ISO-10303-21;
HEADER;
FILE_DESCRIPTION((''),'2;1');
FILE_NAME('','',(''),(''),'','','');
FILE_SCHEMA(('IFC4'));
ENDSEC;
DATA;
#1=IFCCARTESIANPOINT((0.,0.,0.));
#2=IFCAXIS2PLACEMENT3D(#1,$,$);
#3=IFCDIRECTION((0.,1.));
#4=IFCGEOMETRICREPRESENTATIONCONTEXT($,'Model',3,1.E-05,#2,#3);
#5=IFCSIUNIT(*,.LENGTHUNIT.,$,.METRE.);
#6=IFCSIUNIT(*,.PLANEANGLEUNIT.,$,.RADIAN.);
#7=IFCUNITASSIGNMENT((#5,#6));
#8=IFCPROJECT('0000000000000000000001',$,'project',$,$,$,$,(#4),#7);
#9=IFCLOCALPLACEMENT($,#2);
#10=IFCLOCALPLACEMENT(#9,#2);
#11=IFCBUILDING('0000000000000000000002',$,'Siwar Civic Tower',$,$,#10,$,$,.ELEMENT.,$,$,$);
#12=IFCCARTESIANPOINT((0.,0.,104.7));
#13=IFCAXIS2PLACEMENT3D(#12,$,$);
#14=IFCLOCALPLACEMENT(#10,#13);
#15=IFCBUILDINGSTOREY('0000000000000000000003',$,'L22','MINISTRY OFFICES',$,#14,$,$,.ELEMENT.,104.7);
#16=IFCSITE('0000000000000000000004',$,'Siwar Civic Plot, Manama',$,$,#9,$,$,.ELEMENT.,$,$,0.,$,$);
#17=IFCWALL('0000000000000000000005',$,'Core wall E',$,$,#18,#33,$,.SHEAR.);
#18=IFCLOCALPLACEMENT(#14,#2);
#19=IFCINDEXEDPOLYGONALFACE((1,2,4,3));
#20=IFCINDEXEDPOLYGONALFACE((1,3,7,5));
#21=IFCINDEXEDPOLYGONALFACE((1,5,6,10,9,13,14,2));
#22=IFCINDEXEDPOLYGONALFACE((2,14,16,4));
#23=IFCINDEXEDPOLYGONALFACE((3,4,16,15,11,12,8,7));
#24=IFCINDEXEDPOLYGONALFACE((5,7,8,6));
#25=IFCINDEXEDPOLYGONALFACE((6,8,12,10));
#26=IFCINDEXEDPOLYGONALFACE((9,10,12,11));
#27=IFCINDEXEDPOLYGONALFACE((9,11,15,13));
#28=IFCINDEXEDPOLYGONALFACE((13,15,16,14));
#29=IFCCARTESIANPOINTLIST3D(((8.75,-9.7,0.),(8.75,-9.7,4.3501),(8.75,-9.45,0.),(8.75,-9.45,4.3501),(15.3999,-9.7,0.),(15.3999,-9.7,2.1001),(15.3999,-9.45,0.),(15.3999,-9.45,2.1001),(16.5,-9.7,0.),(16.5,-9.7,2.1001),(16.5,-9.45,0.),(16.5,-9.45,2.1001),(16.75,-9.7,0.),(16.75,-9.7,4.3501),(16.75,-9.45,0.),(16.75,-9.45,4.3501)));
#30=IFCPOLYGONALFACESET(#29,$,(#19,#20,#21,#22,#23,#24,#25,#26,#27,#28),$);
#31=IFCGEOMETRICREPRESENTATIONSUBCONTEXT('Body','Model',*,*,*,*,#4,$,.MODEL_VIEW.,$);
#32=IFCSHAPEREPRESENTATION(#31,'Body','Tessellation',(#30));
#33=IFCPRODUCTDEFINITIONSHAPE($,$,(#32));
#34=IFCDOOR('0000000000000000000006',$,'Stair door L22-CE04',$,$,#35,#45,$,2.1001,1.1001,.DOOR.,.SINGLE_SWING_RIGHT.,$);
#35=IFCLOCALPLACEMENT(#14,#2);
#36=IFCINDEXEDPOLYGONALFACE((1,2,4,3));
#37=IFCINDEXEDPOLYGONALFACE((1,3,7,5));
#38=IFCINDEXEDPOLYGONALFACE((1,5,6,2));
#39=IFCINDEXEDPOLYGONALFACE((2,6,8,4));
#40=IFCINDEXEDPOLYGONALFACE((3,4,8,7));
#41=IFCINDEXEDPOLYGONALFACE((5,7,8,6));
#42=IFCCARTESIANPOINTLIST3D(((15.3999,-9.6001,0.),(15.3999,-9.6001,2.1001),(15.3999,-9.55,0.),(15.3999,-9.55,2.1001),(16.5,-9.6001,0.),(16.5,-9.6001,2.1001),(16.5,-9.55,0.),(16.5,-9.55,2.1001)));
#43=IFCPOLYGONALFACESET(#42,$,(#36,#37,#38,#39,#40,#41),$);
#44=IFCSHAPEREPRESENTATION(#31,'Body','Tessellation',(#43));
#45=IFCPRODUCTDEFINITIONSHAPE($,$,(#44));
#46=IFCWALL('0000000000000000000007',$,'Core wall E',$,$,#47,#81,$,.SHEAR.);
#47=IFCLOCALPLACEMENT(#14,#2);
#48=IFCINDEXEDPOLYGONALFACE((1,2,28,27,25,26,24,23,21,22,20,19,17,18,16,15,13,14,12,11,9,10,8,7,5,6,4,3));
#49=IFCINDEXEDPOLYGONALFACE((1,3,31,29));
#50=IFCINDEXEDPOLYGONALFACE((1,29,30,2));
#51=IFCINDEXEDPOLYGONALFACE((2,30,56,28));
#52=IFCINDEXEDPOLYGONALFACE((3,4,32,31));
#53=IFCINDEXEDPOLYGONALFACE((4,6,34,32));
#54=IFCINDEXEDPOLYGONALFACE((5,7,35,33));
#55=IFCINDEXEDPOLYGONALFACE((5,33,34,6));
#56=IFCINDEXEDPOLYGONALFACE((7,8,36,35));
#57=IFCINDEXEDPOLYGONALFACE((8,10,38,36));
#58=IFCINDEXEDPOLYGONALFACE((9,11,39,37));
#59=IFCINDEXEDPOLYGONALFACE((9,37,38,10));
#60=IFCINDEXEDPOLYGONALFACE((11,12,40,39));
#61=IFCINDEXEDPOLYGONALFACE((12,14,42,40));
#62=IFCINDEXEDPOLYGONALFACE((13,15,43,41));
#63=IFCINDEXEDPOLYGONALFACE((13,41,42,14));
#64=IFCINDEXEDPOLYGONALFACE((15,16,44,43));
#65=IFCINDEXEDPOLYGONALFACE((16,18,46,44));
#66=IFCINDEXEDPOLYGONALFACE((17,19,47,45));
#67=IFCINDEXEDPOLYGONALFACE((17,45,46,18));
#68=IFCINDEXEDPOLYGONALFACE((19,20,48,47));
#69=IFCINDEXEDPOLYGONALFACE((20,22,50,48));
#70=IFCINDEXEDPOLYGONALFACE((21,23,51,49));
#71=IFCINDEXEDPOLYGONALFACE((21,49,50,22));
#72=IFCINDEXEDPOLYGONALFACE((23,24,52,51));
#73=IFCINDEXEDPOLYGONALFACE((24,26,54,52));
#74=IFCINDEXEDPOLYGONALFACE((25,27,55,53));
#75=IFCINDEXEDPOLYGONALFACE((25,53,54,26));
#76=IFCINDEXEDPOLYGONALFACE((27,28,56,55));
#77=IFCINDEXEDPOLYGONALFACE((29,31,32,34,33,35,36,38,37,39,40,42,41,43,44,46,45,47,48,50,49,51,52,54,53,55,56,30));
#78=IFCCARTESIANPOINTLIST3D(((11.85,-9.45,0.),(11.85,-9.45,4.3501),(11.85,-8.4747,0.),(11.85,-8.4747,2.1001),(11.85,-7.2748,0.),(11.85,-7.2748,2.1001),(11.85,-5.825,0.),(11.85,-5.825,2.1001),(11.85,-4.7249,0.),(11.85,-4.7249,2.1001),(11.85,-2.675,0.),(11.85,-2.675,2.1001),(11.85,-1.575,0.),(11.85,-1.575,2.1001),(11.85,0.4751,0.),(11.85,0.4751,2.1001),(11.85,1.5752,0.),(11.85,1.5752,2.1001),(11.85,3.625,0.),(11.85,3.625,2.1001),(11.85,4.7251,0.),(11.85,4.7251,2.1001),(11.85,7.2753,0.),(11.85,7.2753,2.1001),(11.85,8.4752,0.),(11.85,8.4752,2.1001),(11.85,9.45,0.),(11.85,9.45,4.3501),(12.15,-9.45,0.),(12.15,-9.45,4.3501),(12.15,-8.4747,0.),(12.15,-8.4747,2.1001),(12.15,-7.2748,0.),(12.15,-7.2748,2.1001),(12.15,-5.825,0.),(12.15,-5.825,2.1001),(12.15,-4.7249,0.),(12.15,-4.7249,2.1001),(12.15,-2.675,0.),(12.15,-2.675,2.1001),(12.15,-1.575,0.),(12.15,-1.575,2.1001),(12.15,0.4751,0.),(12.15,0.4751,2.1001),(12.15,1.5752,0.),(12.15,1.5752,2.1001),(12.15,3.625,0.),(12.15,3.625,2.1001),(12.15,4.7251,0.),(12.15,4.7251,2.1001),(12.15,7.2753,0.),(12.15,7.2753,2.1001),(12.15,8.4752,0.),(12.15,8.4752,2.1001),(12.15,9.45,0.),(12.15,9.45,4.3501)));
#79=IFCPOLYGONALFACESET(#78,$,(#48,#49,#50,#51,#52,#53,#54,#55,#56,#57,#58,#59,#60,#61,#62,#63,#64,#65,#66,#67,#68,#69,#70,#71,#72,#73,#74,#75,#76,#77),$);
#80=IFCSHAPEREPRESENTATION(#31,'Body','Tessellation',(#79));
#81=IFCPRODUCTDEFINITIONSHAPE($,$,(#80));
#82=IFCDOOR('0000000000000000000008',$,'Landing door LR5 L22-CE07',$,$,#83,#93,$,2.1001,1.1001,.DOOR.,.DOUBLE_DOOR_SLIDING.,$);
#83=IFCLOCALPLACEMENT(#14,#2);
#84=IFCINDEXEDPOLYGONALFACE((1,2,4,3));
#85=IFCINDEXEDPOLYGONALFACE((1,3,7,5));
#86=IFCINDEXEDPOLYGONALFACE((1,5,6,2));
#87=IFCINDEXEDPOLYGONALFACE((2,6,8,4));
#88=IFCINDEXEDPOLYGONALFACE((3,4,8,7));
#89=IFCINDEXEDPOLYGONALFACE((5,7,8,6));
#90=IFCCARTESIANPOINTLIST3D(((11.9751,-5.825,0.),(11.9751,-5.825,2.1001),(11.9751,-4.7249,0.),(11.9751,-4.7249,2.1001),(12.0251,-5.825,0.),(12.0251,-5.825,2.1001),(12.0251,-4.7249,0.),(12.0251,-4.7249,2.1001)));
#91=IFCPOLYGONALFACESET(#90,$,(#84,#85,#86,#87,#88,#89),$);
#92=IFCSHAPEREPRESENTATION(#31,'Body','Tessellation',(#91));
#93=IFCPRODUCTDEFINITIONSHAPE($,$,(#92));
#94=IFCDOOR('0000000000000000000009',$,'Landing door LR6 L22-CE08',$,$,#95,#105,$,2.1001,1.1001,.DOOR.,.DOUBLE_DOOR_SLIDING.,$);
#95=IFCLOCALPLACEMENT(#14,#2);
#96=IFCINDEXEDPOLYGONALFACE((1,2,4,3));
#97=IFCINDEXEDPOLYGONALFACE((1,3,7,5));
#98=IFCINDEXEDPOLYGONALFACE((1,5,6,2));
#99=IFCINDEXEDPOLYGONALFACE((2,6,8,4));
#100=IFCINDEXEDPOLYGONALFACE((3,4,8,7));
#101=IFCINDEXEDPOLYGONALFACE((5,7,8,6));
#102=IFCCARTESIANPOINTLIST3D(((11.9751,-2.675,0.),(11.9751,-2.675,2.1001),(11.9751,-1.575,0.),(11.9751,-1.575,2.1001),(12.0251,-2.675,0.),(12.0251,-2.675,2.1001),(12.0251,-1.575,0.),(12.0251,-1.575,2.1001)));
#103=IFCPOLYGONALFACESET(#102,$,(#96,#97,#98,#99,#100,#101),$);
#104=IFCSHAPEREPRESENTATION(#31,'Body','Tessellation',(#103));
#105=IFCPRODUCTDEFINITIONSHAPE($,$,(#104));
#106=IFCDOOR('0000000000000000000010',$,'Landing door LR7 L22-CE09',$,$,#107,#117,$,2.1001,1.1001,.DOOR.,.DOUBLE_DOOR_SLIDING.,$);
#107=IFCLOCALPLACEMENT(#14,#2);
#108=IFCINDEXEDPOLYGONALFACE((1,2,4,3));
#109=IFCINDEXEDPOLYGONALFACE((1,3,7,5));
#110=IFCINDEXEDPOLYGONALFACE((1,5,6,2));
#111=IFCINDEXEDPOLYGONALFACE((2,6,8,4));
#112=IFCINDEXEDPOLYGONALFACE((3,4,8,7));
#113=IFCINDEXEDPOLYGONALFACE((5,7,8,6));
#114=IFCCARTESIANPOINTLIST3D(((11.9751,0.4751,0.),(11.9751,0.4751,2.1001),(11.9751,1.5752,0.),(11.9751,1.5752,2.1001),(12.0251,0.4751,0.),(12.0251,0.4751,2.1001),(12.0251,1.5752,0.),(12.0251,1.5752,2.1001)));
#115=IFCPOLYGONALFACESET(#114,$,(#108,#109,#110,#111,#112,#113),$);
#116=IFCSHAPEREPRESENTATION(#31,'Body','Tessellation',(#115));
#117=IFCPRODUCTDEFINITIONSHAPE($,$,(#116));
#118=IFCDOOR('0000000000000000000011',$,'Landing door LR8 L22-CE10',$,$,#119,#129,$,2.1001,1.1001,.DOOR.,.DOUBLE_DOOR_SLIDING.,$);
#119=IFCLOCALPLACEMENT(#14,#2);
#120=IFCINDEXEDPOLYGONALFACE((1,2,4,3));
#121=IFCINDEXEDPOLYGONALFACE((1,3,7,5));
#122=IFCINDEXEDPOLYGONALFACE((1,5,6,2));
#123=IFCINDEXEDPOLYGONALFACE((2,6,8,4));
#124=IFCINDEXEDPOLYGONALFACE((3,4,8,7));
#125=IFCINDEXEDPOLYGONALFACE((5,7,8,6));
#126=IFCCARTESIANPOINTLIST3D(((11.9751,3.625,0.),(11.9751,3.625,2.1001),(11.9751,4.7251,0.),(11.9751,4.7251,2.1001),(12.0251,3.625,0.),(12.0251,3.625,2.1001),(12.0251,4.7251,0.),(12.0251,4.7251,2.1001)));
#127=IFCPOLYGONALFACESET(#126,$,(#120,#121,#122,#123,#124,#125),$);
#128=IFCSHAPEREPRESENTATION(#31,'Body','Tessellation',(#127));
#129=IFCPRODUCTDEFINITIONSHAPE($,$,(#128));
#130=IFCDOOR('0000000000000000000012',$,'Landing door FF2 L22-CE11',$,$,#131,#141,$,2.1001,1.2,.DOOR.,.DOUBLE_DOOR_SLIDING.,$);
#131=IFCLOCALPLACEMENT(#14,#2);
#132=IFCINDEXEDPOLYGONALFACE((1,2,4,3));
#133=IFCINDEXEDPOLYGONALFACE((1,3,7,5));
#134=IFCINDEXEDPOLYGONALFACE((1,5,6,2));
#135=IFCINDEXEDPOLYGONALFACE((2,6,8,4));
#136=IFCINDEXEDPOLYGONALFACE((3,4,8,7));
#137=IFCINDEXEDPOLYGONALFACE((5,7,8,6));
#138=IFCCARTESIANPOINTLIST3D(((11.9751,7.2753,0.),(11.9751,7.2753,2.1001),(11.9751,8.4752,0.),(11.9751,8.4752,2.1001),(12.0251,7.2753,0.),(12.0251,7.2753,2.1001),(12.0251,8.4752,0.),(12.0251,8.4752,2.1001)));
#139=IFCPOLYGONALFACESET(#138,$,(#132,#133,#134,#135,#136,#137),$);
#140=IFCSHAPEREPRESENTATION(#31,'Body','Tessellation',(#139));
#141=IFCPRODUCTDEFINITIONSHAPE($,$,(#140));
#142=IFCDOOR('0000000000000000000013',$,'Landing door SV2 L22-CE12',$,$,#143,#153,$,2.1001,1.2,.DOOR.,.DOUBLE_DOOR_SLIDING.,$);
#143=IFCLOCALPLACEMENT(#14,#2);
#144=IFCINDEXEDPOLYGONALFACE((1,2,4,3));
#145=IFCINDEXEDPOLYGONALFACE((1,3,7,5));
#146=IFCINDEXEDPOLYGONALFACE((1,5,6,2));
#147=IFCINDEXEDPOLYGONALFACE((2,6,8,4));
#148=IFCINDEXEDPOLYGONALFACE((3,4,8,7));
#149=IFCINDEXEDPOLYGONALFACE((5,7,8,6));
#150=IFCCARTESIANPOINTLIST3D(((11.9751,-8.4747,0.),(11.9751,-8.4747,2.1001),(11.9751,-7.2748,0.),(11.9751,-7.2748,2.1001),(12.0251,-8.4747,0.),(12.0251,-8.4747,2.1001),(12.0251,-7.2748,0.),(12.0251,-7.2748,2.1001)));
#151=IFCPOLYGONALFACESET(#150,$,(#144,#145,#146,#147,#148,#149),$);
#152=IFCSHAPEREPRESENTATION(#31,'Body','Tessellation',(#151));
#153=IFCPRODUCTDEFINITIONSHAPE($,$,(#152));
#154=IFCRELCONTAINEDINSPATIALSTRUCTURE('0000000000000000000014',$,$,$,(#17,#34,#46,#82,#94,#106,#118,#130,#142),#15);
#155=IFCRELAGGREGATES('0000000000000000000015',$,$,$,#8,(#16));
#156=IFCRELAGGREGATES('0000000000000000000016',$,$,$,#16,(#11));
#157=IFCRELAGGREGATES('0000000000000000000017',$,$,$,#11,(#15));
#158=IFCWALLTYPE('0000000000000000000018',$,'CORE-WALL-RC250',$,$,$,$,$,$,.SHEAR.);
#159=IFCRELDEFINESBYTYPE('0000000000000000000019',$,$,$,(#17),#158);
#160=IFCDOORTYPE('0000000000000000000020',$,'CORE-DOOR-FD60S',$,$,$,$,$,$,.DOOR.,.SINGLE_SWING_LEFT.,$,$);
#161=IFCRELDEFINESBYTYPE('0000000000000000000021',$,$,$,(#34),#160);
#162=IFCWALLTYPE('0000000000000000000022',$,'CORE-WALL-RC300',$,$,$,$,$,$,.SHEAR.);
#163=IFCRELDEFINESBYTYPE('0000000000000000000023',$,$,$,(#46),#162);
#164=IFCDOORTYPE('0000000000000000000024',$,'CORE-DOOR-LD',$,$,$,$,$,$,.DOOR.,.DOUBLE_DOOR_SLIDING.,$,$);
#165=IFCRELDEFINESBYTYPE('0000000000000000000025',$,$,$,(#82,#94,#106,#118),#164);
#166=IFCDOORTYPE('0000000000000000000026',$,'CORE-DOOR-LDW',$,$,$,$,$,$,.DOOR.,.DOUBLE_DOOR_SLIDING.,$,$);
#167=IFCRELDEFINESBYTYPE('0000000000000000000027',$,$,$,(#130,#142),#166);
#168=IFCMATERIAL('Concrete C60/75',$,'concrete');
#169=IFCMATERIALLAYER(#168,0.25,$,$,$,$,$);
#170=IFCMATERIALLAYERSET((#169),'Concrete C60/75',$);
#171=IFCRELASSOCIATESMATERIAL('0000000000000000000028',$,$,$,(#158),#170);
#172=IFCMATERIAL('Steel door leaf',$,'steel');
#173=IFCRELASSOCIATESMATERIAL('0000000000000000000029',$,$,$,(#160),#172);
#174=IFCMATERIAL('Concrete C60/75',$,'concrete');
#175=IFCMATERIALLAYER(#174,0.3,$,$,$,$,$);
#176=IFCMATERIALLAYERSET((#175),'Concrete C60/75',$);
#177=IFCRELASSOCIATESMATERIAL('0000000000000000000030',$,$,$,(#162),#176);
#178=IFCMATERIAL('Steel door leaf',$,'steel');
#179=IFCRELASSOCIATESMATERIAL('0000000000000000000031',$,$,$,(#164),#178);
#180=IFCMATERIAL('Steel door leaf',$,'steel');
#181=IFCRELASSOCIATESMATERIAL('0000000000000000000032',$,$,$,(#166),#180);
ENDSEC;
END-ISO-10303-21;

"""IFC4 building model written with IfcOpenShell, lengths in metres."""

from ifc_helpers import new_model, si_unit, direction, frame, frame_2d, origin, place, context, subcontext, project, spatial, rectangle, extrude, material, layer, layer_set, type_object, element, fill, save


model = new_model("IFC4")

# Units and contexts
model_context = context("Model", 3, precision=1e-05, world=origin(), true_north=direction((0.0, 1.0)))
body_context = subcontext(model_context, "Body", "Model", "MODEL_VIEW")
ifc_project = project(units=[si_unit("LENGTHUNIT", "METRE"), si_unit("PLANEANGLEUNIT", "RADIAN")], contexts=[model_context])

# Site, building, storey
site_placement = place(None, origin())
site = spatial("IfcSite", under=ifc_project, at=site_placement, Name="Siwar Civic Plot, Manama", CompositionType="ELEMENT", RefElevation=0.0)
building_placement = place(site_placement, origin())
building = spatial("IfcBuilding", under=site, at=building_placement, Name="Siwar Civic Tower", CompositionType="ELEMENT")
storey_placement = place(building_placement, frame((0.0, 0.0, 104.7)))
storey = spatial("IfcBuildingStorey", under=building, at=storey_placement, Name="L22", Description="MINISTRY OFFICES", CompositionType="ELEMENT", Elevation=104.7)

# Wall, opening, door
ifc_material_1 = material(Name="Concrete C60/75", Category="concrete")
ifc_layer_1 = layer(ifc_material_1, 0.25)
ifc_layer_set_1 = layer_set([ifc_layer_1], Name="Concrete C60/75")
wall_type_1 = type_object("IfcWallType", Name="CORE-WALL-RC250", PredefinedType="SHEAR", material=ifc_layer_set_1)
wall_1_placement = place(storey_placement, frame((8.75, -9.575, 0.0), z_axis=(0.0, 0.0, 1.0), x_axis=(1.0, 0.0, 0.0)))
wall_1 = element("IfcWall", 1, at=wall_1_placement, inside=storey, type_object=wall_type_1, Name="Core wall E", PredefinedType="SHEAR", context=body_context, shape_type="SweptSolid", body=[
    extrude(rectangle(XDim=8.0, YDim=0.25, at=frame_2d((4.0, 0.0))), origin(), (0.0, 0.0, 1.0), 4.3501),
])
opening_1_placement = place(wall_1_placement, frame((6.6499, 0.0, 0.0)))
opening_1 = element("IfcOpeningElement", 2, at=opening_1_placement, cuts=wall_1, PredefinedType="OPENING", context=body_context, shape_type="SweptSolid", body=[
    extrude(rectangle(XDim=1.1001, YDim=2.1001, at=frame_2d((0.55, 1.05))), frame((0.0, 0.135, 0.0), z_axis=(0.0, -1.0, 0.0), x_axis=(1.0, 0.0, 0.0)), (0.0, 0.0, 1.0), 0.27),
])
ifc_material_2 = material(Name="Steel door leaf", Category="steel")
door_type_1 = type_object("IfcDoorType", Name="CORE-DOOR-FD60S", OperationType="SINGLE_SWING_LEFT", PredefinedType="DOOR", material=ifc_material_2)
door_1_placement = place(opening_1_placement, origin())
door_1 = element("IfcDoor", 3, at=door_1_placement, inside=storey, type_object=door_type_1, Name="Stair door L22-CE04", OperationType="SINGLE_SWING_RIGHT", OverallHeight=2.1001, OverallWidth=1.1001, PredefinedType="DOOR", context=body_context, shape_type="SweptSolid", body=[
    extrude(rectangle(XDim=1.1001, YDim=2.1001, at=frame_2d((0.55, 1.05))), frame((0.0, 0.0249, 0.0), z_axis=(0.0, -1.0, 0.0), x_axis=(1.0, 0.0, 0.0)), (0.0, 0.0, 1.0), 0.05),
])
fill(opening_1, door_1)

# Wall, openings, doors
ifc_material_3 = material(Name="Concrete C60/75", Category="concrete")
ifc_layer_2 = layer(ifc_material_3, 0.3)
ifc_layer_set_2 = layer_set([ifc_layer_2], Name="Concrete C60/75")
wall_type_2 = type_object("IfcWallType", Name="CORE-WALL-RC300", PredefinedType="SHEAR", material=ifc_layer_set_2)
wall_2_placement = place(storey_placement, frame((12.0, -9.45, 0.0), z_axis=(0.0, 0.0, 1.0), x_axis=(0.0, 1.0, 0.0)))
wall_2 = element("IfcWall", 4, at=wall_2_placement, inside=storey, type_object=wall_type_2, Name="Core wall E", PredefinedType="SHEAR", context=body_context, shape_type="SweptSolid", body=[
    extrude(rectangle(XDim=18.8999, YDim=0.3, at=frame_2d((9.45, 0.0))), origin(), (0.0, 0.0, 1.0), 4.3501),
])
opening_2_placement = place(wall_2_placement, frame((3.625, 0.0, 0.0)))
opening_2 = element("IfcOpeningElement", 5, at=opening_2_placement, cuts=wall_2, PredefinedType="OPENING", context=body_context, shape_type="SweptSolid", body=[
    extrude(rectangle(XDim=1.1001, YDim=2.1001, at=frame_2d((0.55, 1.05))), frame((0.0, 0.1602, 0.0), z_axis=(0.0, -1.0, 0.0), x_axis=(1.0, 0.0, 0.0)), (0.0, 0.0, 1.0), 0.3201),
])
opening_3_placement = place(wall_2_placement, frame((6.7749, 0.0, 0.0)))
opening_3 = element("IfcOpeningElement", 6, at=opening_3_placement, cuts=wall_2, PredefinedType="OPENING", context=body_context, shape_type="SweptSolid", body=[
    extrude(rectangle(XDim=1.1001, YDim=2.1001, at=frame_2d((0.55, 1.05))), frame((0.0, 0.1602, 0.0), z_axis=(0.0, -1.0, 0.0), x_axis=(1.0, 0.0, 0.0)), (0.0, 0.0, 1.0), 0.3201),
])
opening_4_placement = place(wall_2_placement, frame((9.925, 0.0, 0.0)))
opening_4 = element("IfcOpeningElement", 7, at=opening_4_placement, cuts=wall_2, PredefinedType="OPENING", context=body_context, shape_type="SweptSolid", body=[
    extrude(rectangle(XDim=1.1001, YDim=2.1001, at=frame_2d((0.55, 1.05))), frame((0.0, 0.1602, 0.0), z_axis=(0.0, -1.0, 0.0), x_axis=(1.0, 0.0, 0.0)), (0.0, 0.0, 1.0), 0.3201),
])
opening_5_placement = place(wall_2_placement, frame((13.075, 0.0, 0.0)))
opening_5 = element("IfcOpeningElement", 8, at=opening_5_placement, cuts=wall_2, PredefinedType="OPENING", context=body_context, shape_type="SweptSolid", body=[
    extrude(rectangle(XDim=1.1001, YDim=2.1001, at=frame_2d((0.55, 1.05))), frame((0.0, 0.1602, 0.0), z_axis=(0.0, -1.0, 0.0), x_axis=(1.0, 0.0, 0.0)), (0.0, 0.0, 1.0), 0.3201),
])
opening_6_placement = place(wall_2_placement, frame((16.7251, 0.0, 0.0)))
opening_6 = element("IfcOpeningElement", 9, at=opening_6_placement, cuts=wall_2, PredefinedType="OPENING", context=body_context, shape_type="SweptSolid", body=[
    extrude(rectangle(XDim=1.2, YDim=2.1001, at=frame_2d((0.6001, 1.05))), frame((0.0, 0.1602, 0.0), z_axis=(0.0, -1.0, 0.0), x_axis=(1.0, 0.0, 0.0)), (0.0, 0.0, 1.0), 0.3201),
])
opening_7_placement = place(wall_2_placement, frame((0.9751, 0.0, 0.0)))
opening_7 = element("IfcOpeningElement", 10, at=opening_7_placement, cuts=wall_2, PredefinedType="OPENING", context=body_context, shape_type="SweptSolid", body=[
    extrude(rectangle(XDim=1.2, YDim=2.1001, at=frame_2d((0.6001, 1.05))), frame((0.0, 0.1602, 0.0), z_axis=(0.0, -1.0, 0.0), x_axis=(1.0, 0.0, 0.0)), (0.0, 0.0, 1.0), 0.3201),
])
ifc_material_4 = material(Name="Steel door leaf", Category="steel")
door_type_2 = type_object("IfcDoorType", Name="CORE-DOOR-LD", OperationType="DOUBLE_DOOR_SLIDING", PredefinedType="DOOR", material=ifc_material_4)
door_2_placement = place(opening_2_placement, origin())
door_2 = element("IfcDoor", 11, at=door_2_placement, inside=storey, type_object=door_type_2, Name="Landing door LR5 L22-CE07", OperationType="DOUBLE_DOOR_SLIDING", OverallHeight=2.1001, OverallWidth=1.1001, PredefinedType="DOOR", context=body_context, shape_type="SweptSolid", body=[
    extrude(rectangle(XDim=1.1001, YDim=2.1001, at=frame_2d((0.55, 1.05))), frame((0.0, 0.0249, 0.0), z_axis=(0.0, -1.0, 0.0), x_axis=(1.0, 0.0, 0.0)), (0.0, 0.0, 1.0), 0.05),
])
fill(opening_2, door_2)
door_3_placement = place(opening_3_placement, origin())
door_3 = element("IfcDoor", 12, at=door_3_placement, inside=storey, type_object=door_type_2, Name="Landing door LR6 L22-CE08", OperationType="DOUBLE_DOOR_SLIDING", OverallHeight=2.1001, OverallWidth=1.1001, PredefinedType="DOOR", context=body_context, shape_type="SweptSolid", body=[
    extrude(rectangle(XDim=1.1001, YDim=2.1001, at=frame_2d((0.55, 1.05))), frame((0.0, 0.0249, 0.0), z_axis=(0.0, -1.0, 0.0), x_axis=(1.0, 0.0, 0.0)), (0.0, 0.0, 1.0), 0.05),
])
fill(opening_3, door_3)
door_4_placement = place(opening_4_placement, origin())
door_4 = element("IfcDoor", 13, at=door_4_placement, inside=storey, type_object=door_type_2, Name="Landing door LR7 L22-CE09", OperationType="DOUBLE_DOOR_SLIDING", OverallHeight=2.1001, OverallWidth=1.1001, PredefinedType="DOOR", context=body_context, shape_type="SweptSolid", body=[
    extrude(rectangle(XDim=1.1001, YDim=2.1001, at=frame_2d((0.55, 1.05))), frame((0.0, 0.0249, 0.0), z_axis=(0.0, -1.0, 0.0), x_axis=(1.0, 0.0, 0.0)), (0.0, 0.0, 1.0), 0.05),
])
fill(opening_4, door_4)
door_5_placement = place(opening_5_placement, origin())
door_5 = element("IfcDoor", 14, at=door_5_placement, inside=storey, type_object=door_type_2, Name="Landing door LR8 L22-CE10", OperationType="DOUBLE_DOOR_SLIDING", OverallHeight=2.1001, OverallWidth=1.1001, PredefinedType="DOOR", context=body_context, shape_type="SweptSolid", body=[
    extrude(rectangle(XDim=1.1001, YDim=2.1001, at=frame_2d((0.55, 1.05))), frame((0.0, 0.0249, 0.0), z_axis=(0.0, -1.0, 0.0), x_axis=(1.0, 0.0, 0.0)), (0.0, 0.0, 1.0), 0.05),
])
fill(opening_5, door_5)
ifc_material_5 = material(Name="Steel door leaf", Category="steel")
door_type_3 = type_object("IfcDoorType", Name="CORE-DOOR-LDW", OperationType="DOUBLE_DOOR_SLIDING", PredefinedType="DOOR", material=ifc_material_5)
door_6_placement = place(opening_6_placement, origin())
door_6 = element("IfcDoor", 15, at=door_6_placement, inside=storey, type_object=door_type_3, Name="Landing door FF2 L22-CE11", OperationType="DOUBLE_DOOR_SLIDING", OverallHeight=2.1001, OverallWidth=1.2, PredefinedType="DOOR", context=body_context, shape_type="SweptSolid", body=[
    extrude(rectangle(XDim=1.2, YDim=2.1001, at=frame_2d((0.6001, 1.05))), frame((0.0, 0.0249, 0.0), z_axis=(0.0, -1.0, 0.0), x_axis=(1.0, 0.0, 0.0)), (0.0, 0.0, 1.0), 0.05),
])
fill(opening_6, door_6)
door_7_placement = place(opening_7_placement, origin())
door_7 = element("IfcDoor", 16, at=door_7_placement, inside=storey, type_object=door_type_3, Name="Landing door SV2 L22-CE12", OperationType="DOUBLE_DOOR_SLIDING", OverallHeight=2.1001, OverallWidth=1.2, PredefinedType="DOOR", context=body_context, shape_type="SweptSolid", body=[
    extrude(rectangle(XDim=1.2, YDim=2.1001, at=frame_2d((0.6001, 1.05))), frame((0.0, 0.0249, 0.0), z_axis=(0.0, -1.0, 0.0), x_axis=(1.0, 0.0, 0.0)), (0.0, 0.0, 1.0), 0.05),
])
fill(opening_7, door_7)

save(model, "model.ifc")
